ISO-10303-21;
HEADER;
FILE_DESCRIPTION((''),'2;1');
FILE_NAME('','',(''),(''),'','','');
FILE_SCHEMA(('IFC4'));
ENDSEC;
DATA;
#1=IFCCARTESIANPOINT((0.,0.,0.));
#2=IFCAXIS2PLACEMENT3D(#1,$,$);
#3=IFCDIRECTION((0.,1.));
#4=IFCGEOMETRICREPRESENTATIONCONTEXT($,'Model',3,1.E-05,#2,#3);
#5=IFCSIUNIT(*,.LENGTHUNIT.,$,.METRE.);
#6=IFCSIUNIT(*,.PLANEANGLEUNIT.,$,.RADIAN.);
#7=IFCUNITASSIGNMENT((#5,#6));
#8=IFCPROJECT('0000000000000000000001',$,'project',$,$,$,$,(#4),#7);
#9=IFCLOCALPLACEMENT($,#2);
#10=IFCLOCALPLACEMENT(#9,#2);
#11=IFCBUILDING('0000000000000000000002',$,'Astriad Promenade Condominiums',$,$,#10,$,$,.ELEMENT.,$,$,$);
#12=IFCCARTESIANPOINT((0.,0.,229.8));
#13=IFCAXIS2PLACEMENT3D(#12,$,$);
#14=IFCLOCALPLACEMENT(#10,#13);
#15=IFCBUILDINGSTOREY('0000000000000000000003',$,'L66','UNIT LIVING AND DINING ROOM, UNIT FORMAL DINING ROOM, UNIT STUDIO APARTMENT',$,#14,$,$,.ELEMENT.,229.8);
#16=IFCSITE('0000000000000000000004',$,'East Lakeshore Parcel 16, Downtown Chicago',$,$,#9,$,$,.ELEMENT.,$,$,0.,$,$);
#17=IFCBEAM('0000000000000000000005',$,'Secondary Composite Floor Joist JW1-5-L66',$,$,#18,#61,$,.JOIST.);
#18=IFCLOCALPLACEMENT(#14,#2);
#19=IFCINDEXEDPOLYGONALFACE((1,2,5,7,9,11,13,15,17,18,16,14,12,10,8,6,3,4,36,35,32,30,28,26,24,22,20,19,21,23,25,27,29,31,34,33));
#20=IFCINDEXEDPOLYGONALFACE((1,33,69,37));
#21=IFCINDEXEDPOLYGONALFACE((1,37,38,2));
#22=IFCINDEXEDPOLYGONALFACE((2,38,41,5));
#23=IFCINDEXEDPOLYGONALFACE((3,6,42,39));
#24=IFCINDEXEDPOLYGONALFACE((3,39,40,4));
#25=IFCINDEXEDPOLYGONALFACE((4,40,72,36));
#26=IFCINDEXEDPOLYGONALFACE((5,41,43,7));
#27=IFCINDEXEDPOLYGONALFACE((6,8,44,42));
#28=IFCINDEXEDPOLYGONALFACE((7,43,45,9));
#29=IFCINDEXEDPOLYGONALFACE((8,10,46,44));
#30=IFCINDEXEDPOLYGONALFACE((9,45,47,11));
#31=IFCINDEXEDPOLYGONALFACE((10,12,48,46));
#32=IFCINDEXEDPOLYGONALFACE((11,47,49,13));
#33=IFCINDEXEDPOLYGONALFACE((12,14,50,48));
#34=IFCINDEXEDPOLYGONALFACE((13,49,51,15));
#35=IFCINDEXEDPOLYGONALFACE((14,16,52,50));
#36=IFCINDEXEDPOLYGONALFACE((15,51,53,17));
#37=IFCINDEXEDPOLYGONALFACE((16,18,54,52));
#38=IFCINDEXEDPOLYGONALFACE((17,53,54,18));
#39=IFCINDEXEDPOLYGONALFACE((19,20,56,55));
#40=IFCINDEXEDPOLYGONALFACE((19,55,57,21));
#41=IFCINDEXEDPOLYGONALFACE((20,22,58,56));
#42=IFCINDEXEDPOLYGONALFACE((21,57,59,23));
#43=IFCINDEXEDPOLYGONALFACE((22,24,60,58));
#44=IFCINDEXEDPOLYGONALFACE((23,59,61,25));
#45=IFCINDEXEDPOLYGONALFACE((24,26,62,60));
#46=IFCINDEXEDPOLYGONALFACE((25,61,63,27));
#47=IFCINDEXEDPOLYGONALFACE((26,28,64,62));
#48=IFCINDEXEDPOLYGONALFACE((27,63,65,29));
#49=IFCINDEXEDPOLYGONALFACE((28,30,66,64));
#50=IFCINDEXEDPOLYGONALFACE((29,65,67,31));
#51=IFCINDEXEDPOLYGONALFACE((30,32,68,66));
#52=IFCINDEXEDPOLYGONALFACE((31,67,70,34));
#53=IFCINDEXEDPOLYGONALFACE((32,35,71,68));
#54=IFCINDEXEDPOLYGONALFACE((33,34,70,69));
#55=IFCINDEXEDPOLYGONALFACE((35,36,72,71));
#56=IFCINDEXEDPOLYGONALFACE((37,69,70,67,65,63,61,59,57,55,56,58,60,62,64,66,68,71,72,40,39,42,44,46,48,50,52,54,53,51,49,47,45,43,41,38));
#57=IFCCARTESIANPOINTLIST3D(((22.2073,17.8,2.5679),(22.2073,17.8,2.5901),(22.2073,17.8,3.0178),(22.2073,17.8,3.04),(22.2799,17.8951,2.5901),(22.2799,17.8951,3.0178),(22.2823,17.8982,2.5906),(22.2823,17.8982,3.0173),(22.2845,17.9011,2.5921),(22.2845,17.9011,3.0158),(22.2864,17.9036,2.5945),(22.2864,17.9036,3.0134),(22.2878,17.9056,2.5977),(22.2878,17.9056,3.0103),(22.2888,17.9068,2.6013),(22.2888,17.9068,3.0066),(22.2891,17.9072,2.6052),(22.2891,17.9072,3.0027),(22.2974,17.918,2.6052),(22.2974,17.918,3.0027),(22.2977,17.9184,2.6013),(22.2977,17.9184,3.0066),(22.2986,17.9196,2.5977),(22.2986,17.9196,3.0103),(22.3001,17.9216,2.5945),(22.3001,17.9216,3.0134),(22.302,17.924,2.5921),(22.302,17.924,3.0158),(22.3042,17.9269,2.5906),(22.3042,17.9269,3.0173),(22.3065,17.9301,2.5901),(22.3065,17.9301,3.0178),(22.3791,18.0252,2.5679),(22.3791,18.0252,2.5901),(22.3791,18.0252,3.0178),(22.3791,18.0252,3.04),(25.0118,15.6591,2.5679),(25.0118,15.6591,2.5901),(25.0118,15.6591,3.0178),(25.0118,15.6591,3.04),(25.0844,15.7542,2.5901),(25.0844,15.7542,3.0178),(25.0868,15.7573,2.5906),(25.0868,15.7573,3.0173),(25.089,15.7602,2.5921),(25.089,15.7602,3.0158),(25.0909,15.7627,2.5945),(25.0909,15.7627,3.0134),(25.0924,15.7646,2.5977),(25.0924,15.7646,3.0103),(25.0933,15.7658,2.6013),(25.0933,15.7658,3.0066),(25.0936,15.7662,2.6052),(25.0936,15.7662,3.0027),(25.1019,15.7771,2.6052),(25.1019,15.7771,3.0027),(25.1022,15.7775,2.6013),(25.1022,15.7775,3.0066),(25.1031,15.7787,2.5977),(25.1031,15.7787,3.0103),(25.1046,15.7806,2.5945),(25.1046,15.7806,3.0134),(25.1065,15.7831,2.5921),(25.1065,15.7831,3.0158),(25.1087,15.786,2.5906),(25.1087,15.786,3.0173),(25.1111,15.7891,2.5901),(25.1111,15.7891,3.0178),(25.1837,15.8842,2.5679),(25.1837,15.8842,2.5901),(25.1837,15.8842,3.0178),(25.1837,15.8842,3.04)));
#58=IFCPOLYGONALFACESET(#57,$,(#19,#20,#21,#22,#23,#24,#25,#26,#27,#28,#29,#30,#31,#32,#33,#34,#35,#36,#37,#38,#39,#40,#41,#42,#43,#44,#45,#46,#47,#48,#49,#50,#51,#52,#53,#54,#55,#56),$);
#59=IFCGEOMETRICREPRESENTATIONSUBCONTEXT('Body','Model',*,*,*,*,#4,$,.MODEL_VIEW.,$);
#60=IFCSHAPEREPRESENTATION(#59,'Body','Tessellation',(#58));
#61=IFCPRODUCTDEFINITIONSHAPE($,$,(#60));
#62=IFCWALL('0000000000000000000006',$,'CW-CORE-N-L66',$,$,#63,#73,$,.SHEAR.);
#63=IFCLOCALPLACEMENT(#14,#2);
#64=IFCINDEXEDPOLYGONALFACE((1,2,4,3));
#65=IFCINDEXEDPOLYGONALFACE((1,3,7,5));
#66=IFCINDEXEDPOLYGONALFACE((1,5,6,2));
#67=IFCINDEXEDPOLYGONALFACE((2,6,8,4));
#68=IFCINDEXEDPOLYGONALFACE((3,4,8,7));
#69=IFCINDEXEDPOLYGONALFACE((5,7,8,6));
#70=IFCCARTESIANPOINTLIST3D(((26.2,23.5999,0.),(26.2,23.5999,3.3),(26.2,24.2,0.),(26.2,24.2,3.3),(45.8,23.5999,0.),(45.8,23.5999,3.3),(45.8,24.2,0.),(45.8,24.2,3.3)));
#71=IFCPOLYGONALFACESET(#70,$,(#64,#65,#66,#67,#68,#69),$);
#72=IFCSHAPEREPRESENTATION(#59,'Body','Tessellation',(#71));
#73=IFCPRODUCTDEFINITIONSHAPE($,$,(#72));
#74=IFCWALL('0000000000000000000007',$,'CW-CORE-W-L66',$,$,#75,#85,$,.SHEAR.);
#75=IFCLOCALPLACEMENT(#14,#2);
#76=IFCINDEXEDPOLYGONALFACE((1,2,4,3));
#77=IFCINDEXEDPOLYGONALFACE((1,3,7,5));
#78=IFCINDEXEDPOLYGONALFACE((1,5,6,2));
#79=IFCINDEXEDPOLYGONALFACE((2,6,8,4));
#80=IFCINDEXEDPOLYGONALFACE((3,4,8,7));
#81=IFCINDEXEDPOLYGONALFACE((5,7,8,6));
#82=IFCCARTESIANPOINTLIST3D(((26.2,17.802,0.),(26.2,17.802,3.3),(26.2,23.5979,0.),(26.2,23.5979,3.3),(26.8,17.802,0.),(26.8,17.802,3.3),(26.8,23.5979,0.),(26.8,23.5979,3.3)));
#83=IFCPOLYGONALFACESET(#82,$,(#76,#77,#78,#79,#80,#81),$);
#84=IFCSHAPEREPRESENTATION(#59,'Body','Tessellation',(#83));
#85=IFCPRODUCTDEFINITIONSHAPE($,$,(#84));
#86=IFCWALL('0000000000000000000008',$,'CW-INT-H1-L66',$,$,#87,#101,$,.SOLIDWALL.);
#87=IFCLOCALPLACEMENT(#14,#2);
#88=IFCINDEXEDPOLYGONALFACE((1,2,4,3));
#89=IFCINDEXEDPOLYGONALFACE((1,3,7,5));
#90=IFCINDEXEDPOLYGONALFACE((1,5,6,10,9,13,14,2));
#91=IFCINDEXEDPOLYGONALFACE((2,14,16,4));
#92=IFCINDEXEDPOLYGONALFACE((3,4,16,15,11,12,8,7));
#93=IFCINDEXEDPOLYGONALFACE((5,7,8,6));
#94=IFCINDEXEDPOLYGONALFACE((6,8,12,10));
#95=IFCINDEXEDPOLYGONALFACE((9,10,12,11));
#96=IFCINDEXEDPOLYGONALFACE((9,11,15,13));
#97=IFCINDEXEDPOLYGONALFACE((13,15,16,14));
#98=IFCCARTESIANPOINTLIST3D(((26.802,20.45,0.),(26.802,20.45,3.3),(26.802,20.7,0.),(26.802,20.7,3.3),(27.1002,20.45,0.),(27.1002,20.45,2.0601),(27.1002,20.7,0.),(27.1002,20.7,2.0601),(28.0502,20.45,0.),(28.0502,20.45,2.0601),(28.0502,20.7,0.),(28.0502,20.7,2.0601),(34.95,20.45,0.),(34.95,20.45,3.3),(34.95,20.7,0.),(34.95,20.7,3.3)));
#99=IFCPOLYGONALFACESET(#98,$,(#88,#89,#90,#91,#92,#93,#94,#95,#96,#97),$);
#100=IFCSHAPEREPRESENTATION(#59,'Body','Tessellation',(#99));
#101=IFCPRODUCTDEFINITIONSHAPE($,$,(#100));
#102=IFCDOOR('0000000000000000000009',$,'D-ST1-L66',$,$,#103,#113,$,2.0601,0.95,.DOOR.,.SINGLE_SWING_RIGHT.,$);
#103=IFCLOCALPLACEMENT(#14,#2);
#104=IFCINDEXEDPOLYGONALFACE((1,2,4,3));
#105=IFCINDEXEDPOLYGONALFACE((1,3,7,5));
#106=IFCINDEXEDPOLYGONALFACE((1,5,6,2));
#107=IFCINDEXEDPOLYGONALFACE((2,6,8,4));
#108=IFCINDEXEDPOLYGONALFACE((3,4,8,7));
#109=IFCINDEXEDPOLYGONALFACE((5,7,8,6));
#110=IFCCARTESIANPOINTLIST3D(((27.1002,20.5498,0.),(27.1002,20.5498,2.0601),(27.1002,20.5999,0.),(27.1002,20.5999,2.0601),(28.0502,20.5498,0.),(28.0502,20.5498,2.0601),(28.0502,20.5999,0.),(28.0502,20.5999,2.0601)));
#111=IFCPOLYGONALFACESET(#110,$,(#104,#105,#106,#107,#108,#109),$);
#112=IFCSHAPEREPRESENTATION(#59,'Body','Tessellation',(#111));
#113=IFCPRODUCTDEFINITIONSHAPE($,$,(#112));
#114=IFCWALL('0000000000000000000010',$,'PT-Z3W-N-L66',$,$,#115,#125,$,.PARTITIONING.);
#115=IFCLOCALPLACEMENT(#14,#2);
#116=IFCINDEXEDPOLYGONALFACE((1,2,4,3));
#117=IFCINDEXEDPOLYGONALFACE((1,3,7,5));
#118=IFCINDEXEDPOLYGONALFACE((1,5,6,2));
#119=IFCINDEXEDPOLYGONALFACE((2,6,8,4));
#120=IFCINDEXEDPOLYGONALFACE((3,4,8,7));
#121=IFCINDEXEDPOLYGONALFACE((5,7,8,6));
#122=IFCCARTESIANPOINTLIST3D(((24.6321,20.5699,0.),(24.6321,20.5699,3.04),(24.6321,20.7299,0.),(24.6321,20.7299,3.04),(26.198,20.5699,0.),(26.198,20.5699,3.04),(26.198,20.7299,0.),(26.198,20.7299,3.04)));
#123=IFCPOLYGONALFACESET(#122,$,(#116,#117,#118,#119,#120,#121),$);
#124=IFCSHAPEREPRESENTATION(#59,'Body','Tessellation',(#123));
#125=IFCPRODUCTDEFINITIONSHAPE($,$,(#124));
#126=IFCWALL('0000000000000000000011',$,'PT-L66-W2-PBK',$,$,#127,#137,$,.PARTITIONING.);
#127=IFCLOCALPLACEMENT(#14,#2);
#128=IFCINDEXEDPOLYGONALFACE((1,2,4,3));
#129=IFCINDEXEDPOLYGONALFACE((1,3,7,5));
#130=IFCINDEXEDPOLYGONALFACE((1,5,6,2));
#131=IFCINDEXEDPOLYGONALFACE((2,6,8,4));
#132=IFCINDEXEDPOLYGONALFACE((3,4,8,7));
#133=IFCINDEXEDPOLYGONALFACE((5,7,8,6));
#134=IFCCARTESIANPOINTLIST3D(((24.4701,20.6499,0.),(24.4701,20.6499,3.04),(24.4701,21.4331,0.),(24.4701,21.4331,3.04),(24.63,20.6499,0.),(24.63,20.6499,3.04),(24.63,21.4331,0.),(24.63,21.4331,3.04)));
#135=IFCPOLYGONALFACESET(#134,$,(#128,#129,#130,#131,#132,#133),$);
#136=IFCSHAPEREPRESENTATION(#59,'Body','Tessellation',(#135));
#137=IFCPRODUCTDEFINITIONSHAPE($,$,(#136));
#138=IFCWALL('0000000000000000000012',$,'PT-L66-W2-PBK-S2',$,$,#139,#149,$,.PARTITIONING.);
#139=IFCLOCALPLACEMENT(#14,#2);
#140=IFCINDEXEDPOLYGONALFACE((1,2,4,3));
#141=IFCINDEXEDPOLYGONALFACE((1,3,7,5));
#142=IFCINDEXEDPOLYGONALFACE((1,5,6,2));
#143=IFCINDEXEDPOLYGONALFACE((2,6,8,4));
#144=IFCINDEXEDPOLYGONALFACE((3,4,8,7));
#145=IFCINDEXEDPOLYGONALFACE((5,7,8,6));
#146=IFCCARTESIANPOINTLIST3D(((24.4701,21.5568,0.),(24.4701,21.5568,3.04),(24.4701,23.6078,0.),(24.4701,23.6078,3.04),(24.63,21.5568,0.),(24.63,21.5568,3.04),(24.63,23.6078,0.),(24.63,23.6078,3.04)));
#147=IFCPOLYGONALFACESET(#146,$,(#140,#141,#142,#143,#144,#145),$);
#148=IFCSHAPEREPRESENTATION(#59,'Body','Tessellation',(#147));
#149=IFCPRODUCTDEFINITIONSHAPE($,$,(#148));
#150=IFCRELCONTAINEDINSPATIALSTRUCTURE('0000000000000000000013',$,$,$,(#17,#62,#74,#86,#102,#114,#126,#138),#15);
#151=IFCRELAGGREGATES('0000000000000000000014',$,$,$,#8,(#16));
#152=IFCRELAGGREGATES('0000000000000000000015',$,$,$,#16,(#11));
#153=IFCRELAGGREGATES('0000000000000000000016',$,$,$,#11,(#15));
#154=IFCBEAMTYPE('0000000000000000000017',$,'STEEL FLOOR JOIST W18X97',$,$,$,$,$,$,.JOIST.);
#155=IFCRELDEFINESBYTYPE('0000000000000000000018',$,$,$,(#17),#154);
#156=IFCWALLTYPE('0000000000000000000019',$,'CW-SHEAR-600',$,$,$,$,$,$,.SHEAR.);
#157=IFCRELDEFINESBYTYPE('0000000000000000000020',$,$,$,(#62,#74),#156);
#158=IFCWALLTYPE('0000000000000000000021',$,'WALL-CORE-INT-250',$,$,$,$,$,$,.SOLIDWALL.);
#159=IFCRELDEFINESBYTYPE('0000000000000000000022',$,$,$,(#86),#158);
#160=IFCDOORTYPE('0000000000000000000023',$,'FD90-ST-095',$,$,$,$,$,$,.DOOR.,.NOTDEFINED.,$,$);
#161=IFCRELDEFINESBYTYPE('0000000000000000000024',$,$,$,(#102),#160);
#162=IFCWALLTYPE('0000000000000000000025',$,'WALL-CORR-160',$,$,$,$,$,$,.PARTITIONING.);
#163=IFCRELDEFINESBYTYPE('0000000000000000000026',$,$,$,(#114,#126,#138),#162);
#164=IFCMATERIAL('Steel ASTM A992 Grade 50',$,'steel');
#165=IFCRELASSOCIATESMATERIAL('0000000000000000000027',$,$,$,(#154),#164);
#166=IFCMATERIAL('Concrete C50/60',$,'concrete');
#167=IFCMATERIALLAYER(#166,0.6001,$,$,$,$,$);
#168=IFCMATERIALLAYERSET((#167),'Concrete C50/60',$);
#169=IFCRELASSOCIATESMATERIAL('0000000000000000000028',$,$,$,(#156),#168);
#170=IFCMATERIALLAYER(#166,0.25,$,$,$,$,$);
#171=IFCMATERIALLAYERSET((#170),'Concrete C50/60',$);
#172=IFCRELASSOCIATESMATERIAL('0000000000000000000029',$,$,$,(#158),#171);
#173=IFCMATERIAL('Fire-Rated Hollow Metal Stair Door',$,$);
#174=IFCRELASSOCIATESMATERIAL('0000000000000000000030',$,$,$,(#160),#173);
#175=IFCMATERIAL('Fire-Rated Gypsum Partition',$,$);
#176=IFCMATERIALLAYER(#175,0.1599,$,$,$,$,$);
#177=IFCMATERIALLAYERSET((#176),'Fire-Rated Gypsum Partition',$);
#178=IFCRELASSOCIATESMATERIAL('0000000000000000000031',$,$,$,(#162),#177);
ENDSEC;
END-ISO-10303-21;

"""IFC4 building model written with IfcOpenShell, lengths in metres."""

from ifc_helpers import new_model, si_unit, direction, frame, frame_2d, origin, origin_2d, place, context, subcontext, project, spatial, rectangle, i_section, extrude, source, transform, mapped, material, layer, layer_set, material_profile, profile_set, type_object, type_shapes, element, fill, save


model = new_model("IFC4")

# Units and contexts
model_context = context("Model", 3, precision=1e-05, world=origin(), true_north=direction((0.0, 1.0)))
body_context = subcontext(model_context, "Body", "Model", "MODEL_VIEW")
ifc_project = project(units=[si_unit("LENGTHUNIT", "METRE"), si_unit("PLANEANGLEUNIT", "RADIAN")], contexts=[model_context])

# Site, building, storey
site_placement = place(None, origin())
site = spatial("IfcSite", under=ifc_project, at=site_placement, Name="East Lakeshore Parcel 16, Downtown Chicago", CompositionType="ELEMENT", RefElevation=0.0)
building_placement = place(site_placement, origin())
building = spatial("IfcBuilding", under=site, at=building_placement, Name="Astriad Promenade Condominiums", CompositionType="ELEMENT")
storey_placement = place(building_placement, frame((0.0, 0.0, 229.8)))
storey = spatial("IfcBuildingStorey", under=building, at=storey_placement, Name="L66", Description="UNIT LIVING AND DINING ROOM, UNIT FORMAL DINING ROOM, UNIT STUDIO APARTMENT", CompositionType="ELEMENT", Elevation=229.8)

# Shared definitions
ifc_material_1 = material(Name="Steel ASTM A992 Grade 50", Category="steel")
ifc_material_2 = material(Name="Concrete C50/60", Category="concrete")

# Beam
ifc_material_profile_1 = material_profile(ifc_material_1, i_section(OverallWidth=0.2832, OverallDepth=0.4722, WebThickness=0.0137, FlangeThickness=0.0222, FilletRadius=0.0151, at=origin_2d()), Name="W18X97")
ifc_profile_set_1 = profile_set([ifc_material_profile_1], Name="Steel ASTM A992 Grade 50")
beam_type_1 = type_object("IfcBeamType", Name="STEEL FLOOR JOIST W18X97", PredefinedType="JOIST", material=ifc_profile_set_1)
shared_shape_1 = source(origin(), body_context, "Body", "SweptSolid", [
    extrude(i_section(OverallWidth=0.2832, OverallDepth=0.4722, WebThickness=0.0137, FlangeThickness=0.0222, FilletRadius=0.0151, at=origin_2d()), origin(), (0.0, 0.0, 1.0), 3.5283),
])
type_shapes(beam_type_1, [shared_shape_1])
beam_1_placement = place(storey_placement, frame((22.2932, 17.9126, 2.804), z_axis=(0.794864, -0.606787, 0.0), x_axis=(0.606787, 0.794864, 0.0)))
element("IfcBeam", 1, at=beam_1_placement, inside=storey, type_object=beam_type_1, Name="Secondary Composite Floor Joist JW1-5-L66", PredefinedType="JOIST", context=body_context, shape_type="MappedRepresentation", body=[
    mapped(shared_shape_1, transform((0.0, 0.0, 0.0), scale=1.0)),
])

# Walls
ifc_layer_1 = layer(ifc_material_2, 0.6001)
ifc_layer_set_1 = layer_set([ifc_layer_1], Name="Concrete C50/60")
wall_type_1 = type_object("IfcWallType", Name="CW-SHEAR-600", PredefinedType="SHEAR", material=ifc_layer_set_1)
wall_1_placement = place(storey_placement, frame((26.2, 23.8999, 0.0), z_axis=(0.0, 0.0, 1.0), x_axis=(1.0, 0.0, 0.0)))
element("IfcWall", 2, at=wall_1_placement, inside=storey, type_object=wall_type_1, Name="CW-CORE-N-L66", PredefinedType="SHEAR", context=body_context, shape_type="SweptSolid", body=[
    extrude(rectangle(XDim=19.6001, YDim=0.6001, at=frame_2d((9.8, 0.0))), origin(), (0.0, 0.0, 1.0), 3.3),
])
wall_2_placement = place(storey_placement, frame((26.5, 17.802, 0.0), z_axis=(0.0, 0.0, 1.0), x_axis=(0.0, 1.0, 0.0)))
element("IfcWall", 3, at=wall_2_placement, inside=storey, type_object=wall_type_1, Name="CW-CORE-W-L66", PredefinedType="SHEAR", context=body_context, shape_type="SweptSolid", body=[
    extrude(rectangle(XDim=5.7959, YDim=0.6001, at=frame_2d((2.8979, 0.0))), origin(), (0.0, 0.0, 1.0), 3.3),
])

# Wall, opening, door
ifc_layer_2 = layer(ifc_material_2, 0.25)
ifc_layer_set_2 = layer_set([ifc_layer_2], Name="Concrete C50/60")
wall_type_2 = type_object("IfcWallType", Name="WALL-CORE-INT-250", PredefinedType="SOLIDWALL", material=ifc_layer_set_2)
wall_3_placement = place(storey_placement, frame((26.802, 20.575, 0.0), z_axis=(0.0, 0.0, 1.0), x_axis=(1.0, 0.0, 0.0)))
wall_3 = element("IfcWall", 4, at=wall_3_placement, inside=storey, type_object=wall_type_2, Name="CW-INT-H1-L66", PredefinedType="SOLIDWALL", context=body_context, shape_type="SweptSolid", body=[
    extrude(rectangle(XDim=8.1479, YDim=0.25, at=frame_2d((4.074, 0.0))), origin(), (0.0, 0.0, 1.0), 3.3),
])
opening_1_placement = place(wall_3_placement, frame((0.2981, 0.0, 0.0)))
opening_1 = element("IfcOpeningElement", 5, at=opening_1_placement, cuts=wall_3, PredefinedType="OPENING", context=body_context, shape_type="SweptSolid", body=[
    extrude(rectangle(XDim=0.95, YDim=2.0601, at=frame_2d((0.4751, 1.03))), frame((0.0, 0.135, 0.0), z_axis=(0.0, -1.0, 0.0), x_axis=(1.0, 0.0, 0.0)), (0.0, 0.0, 1.0), 0.27),
])
ifc_material_3 = material(Name="Fire-Rated Hollow Metal Stair Door")
door_type_1 = type_object("IfcDoorType", Name="FD90-ST-095", OperationType="NOTDEFINED", PredefinedType="DOOR", material=ifc_material_3)
shared_shape_2 = source(origin(), body_context, "Body", "SweptSolid", [
    extrude(rectangle(XDim=0.95, YDim=2.0601, at=frame_2d((0.4751, 1.03))), frame((0.0, 0.0249, 0.0), z_axis=(0.0, -1.0, 0.0), x_axis=(1.0, 0.0, 0.0)), (0.0, 0.0, 1.0), 0.05),
])
type_shapes(door_type_1, [shared_shape_2])
door_1_placement = place(opening_1_placement, origin())
door_1 = element("IfcDoor", 6, at=door_1_placement, inside=storey, type_object=door_type_1, Name="D-ST1-L66", OperationType="SINGLE_SWING_RIGHT", OverallHeight=2.0601, OverallWidth=0.95, PredefinedType="DOOR", context=body_context, shape_type="MappedRepresentation", body=[
    mapped(shared_shape_2, transform((0.0, 0.0, 0.0), scale=1.0)),
])
fill(opening_1, door_1)

# Walls
ifc_material_4 = material(Name="Fire-Rated Gypsum Partition")
ifc_layer_3 = layer(ifc_material_4, 0.1599)
ifc_layer_set_3 = layer_set([ifc_layer_3], Name="Fire-Rated Gypsum Partition")
wall_type_3 = type_object("IfcWallType", Name="WALL-CORR-160", PredefinedType="PARTITIONING", material=ifc_layer_set_3)
wall_4_placement = place(storey_placement, frame((24.6321, 20.6499, 0.0), z_axis=(0.0, 0.0, 1.0), x_axis=(1.0, 0.0, 0.0)))
element("IfcWall", 7, at=wall_4_placement, inside=storey, type_object=wall_type_3, Name="PT-Z3W-N-L66", PredefinedType="PARTITIONING", context=body_context, shape_type="SweptSolid", body=[
    extrude(rectangle(XDim=1.5659, YDim=0.1599, at=frame_2d((0.783, 0.0))), origin(), (0.0, 0.0, 1.0), 3.04),
])
wall_5_placement = place(storey_placement, frame((24.55, 20.6499, 0.0), z_axis=(0.0, 0.0, 1.0), x_axis=(0.0, 1.0, 0.0)))
element("IfcWall", 8, at=wall_5_placement, inside=storey, type_object=wall_type_3, Name="PT-L66-W2-PBK", PredefinedType="PARTITIONING", context=body_context, shape_type="SweptSolid", body=[
    extrude(rectangle(XDim=0.7832, YDim=0.1599, at=frame_2d((0.3916, 0.0))), origin(), (0.0, 0.0, 1.0), 3.04),
])
wall_6_placement = place(storey_placement, frame((24.55, 21.5569, 0.0), z_axis=(0.0, 0.0, 1.0), x_axis=(0.0, 1.0, 0.0)))
element("IfcWall", 9, at=wall_6_placement, inside=storey, type_object=wall_type_3, Name="PT-L66-W2-PBK-S2", PredefinedType="PARTITIONING", context=body_context, shape_type="SweptSolid", body=[
    extrude(rectangle(XDim=2.051, YDim=0.1599, at=frame_2d((1.0254, 0.0))), origin(), (0.0, 0.0, 1.0), 3.04),
])

save(model, "model.ifc")
